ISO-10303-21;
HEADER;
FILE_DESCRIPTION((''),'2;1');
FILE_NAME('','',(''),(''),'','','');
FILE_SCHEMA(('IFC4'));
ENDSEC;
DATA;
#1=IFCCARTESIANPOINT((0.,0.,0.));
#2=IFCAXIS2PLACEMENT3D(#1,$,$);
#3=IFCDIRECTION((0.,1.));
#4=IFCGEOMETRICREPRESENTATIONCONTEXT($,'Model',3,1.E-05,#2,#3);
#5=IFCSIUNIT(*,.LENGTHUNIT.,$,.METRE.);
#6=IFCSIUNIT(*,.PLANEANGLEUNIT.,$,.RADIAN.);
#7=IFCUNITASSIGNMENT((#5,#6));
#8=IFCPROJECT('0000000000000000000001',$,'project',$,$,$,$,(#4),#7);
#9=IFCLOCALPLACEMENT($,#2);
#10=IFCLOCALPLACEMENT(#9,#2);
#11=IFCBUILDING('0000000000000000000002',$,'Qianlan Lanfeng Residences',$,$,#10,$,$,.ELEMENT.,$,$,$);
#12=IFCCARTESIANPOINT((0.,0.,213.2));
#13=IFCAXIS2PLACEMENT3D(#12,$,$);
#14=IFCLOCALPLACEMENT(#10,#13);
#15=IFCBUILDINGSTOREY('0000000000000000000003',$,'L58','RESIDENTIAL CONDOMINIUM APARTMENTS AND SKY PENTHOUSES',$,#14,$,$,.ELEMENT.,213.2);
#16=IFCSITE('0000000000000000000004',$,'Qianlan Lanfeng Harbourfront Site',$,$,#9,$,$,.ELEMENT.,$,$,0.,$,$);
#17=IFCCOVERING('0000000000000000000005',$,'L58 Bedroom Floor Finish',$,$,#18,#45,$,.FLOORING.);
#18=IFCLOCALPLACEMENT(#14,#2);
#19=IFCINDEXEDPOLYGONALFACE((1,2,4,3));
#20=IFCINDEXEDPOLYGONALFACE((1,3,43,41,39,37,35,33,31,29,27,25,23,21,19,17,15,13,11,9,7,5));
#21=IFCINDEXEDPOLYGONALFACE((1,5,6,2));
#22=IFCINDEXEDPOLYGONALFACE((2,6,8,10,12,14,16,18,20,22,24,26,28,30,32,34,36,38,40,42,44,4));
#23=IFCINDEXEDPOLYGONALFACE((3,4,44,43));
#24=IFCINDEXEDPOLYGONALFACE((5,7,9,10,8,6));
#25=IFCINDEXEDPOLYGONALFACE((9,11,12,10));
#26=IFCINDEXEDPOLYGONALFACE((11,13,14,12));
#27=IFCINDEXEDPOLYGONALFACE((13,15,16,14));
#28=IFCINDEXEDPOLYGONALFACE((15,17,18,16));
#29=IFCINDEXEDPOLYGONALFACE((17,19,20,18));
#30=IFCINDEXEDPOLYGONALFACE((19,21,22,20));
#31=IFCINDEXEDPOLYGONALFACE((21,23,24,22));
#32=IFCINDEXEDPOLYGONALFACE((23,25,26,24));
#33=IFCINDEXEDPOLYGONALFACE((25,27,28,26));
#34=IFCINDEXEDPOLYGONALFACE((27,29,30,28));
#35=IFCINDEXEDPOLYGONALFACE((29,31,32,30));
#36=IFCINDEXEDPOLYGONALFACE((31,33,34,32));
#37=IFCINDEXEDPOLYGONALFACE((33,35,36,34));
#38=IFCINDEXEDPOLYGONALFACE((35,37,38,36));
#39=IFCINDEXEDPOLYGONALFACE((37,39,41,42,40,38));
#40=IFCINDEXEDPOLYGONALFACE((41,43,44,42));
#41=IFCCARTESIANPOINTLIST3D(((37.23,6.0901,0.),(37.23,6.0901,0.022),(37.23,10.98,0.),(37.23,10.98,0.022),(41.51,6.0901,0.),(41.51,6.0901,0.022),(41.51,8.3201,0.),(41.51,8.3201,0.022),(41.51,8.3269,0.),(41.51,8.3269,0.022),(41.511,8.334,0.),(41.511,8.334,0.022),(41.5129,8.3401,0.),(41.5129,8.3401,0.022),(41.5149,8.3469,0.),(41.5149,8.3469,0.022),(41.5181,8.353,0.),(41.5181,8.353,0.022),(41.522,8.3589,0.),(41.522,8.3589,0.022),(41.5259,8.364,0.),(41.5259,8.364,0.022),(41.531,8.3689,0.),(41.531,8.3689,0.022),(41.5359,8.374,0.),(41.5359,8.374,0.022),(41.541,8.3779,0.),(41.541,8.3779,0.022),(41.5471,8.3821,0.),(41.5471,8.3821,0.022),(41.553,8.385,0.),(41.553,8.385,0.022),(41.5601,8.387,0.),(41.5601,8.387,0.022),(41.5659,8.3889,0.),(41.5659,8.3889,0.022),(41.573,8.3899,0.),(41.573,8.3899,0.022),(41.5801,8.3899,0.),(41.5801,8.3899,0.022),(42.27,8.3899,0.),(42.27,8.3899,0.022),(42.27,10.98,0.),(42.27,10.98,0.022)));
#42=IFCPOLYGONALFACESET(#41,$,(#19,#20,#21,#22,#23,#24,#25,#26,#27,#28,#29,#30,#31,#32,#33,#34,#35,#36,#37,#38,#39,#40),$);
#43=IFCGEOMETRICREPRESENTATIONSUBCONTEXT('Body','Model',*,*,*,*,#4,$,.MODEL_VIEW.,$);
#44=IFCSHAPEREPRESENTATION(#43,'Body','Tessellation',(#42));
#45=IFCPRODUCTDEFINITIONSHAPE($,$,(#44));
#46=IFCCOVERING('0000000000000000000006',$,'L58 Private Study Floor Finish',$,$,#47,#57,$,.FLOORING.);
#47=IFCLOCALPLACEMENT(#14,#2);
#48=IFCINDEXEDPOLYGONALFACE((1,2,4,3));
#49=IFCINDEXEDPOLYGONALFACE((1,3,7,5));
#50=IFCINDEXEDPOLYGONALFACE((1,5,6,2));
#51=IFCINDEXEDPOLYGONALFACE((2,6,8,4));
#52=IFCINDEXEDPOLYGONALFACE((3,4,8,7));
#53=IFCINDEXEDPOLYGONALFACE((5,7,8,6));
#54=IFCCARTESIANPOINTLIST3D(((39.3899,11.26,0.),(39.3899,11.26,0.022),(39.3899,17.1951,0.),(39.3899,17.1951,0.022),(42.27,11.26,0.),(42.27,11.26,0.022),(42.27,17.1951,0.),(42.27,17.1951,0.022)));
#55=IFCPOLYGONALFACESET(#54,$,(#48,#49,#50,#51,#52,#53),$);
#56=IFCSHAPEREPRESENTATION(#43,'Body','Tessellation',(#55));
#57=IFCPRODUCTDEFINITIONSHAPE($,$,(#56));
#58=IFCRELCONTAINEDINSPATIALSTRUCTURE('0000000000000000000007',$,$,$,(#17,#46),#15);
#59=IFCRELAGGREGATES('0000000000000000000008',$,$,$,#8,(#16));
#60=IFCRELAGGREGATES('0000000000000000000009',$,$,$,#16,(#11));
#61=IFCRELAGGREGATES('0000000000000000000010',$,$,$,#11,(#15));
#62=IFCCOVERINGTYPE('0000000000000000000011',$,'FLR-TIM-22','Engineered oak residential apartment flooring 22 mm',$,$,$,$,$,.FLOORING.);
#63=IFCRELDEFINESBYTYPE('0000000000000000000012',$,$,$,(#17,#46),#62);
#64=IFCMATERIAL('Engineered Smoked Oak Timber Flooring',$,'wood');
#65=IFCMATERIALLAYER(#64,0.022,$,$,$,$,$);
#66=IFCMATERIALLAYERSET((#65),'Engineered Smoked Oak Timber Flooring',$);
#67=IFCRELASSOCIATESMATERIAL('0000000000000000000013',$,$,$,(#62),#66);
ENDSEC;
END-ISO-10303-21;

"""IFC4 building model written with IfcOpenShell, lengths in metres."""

from ifc_helpers import new_model, si_unit, direction, frame, origin, place, context, subcontext, project, spatial, polyline, outline, extrude, material, layer, layer_set, type_object, element, save


model = new_model("IFC4")

# Units and contexts
model_context = context("Model", 3, precision=1e-05, world=origin(), true_north=direction((0.0, 1.0)))
body_context = subcontext(model_context, "Body", "Model", "MODEL_VIEW")
ifc_project = project(units=[si_unit("LENGTHUNIT", "METRE"), si_unit("PLANEANGLEUNIT", "RADIAN")], contexts=[model_context])

# Site, building, storey
site_placement = place(None, origin())
site = spatial("IfcSite", under=ifc_project, at=site_placement, Name="Qianlan Lanfeng Harbourfront Site", CompositionType="ELEMENT", RefElevation=0.0)
building_placement = place(site_placement, origin())
building = spatial("IfcBuilding", under=site, at=building_placement, Name="Qianlan Lanfeng Residences", CompositionType="ELEMENT")
storey_placement = place(building_placement, frame((0.0, 0.0, 213.2)))
storey = spatial("IfcBuildingStorey", under=building, at=storey_placement, Name="L58", Description="RESIDENTIAL CONDOMINIUM APARTMENTS AND SKY PENTHOUSES", CompositionType="ELEMENT", Elevation=213.2)

# Coverings
ifc_material_1 = material(Name="Engineered Smoked Oak Timber Flooring", Category="wood")
ifc_layer_1 = layer(ifc_material_1, 0.022)
ifc_layer_set_1 = layer_set([ifc_layer_1], Name="Engineered Smoked Oak Timber Flooring")
covering_type_1 = type_object("IfcCoveringType", Name="FLR-TIM-22", Description="Engineered oak residential apartment flooring 22 mm", PredefinedType="FLOORING", material=ifc_layer_set_1)
covering_1_placement = place(storey_placement, origin())
element("IfcCovering", 1, at=covering_1_placement, inside=storey, type_object=covering_type_1, Name="L58 Bedroom Floor Finish", PredefinedType="FLOORING", context=body_context, shape_type="SweptSolid", body=[
    extrude(outline(polyline([(37.23, 10.98), (37.23, 6.0901), (41.51, 6.0901), (41.51, 8.3201), (41.51, 8.3269), (41.511, 8.334), (41.5129, 8.3401), (41.5149, 8.3469), (41.5181, 8.353), (41.522, 8.3589), (41.5259, 8.364), (41.531, 8.3689), (41.5359, 8.374), (41.541, 8.3779), (41.5471, 8.3821), (41.553, 8.385), (41.5601, 8.387), (41.5659, 8.3889), (41.573, 8.3899), (41.5801, 8.3899), (42.27, 8.3899), (42.27, 10.98), (37.23, 10.98)])), origin(), (0.0, 0.0, 1.0), 0.022),
])
covering_2_placement = place(storey_placement, origin())
element("IfcCovering", 2, at=covering_2_placement, inside=storey, type_object=covering_type_1, Name="L58 Private Study Floor Finish", PredefinedType="FLOORING", context=body_context, shape_type="SweptSolid", body=[
    extrude(outline(polyline([(39.3899, 11.26), (42.27, 11.26), (42.27, 17.1951), (39.3899, 17.1951), (39.3899, 11.26)])), origin(), (0.0, 0.0, 1.0), 0.022),
])

save(model, "model.ifc")
